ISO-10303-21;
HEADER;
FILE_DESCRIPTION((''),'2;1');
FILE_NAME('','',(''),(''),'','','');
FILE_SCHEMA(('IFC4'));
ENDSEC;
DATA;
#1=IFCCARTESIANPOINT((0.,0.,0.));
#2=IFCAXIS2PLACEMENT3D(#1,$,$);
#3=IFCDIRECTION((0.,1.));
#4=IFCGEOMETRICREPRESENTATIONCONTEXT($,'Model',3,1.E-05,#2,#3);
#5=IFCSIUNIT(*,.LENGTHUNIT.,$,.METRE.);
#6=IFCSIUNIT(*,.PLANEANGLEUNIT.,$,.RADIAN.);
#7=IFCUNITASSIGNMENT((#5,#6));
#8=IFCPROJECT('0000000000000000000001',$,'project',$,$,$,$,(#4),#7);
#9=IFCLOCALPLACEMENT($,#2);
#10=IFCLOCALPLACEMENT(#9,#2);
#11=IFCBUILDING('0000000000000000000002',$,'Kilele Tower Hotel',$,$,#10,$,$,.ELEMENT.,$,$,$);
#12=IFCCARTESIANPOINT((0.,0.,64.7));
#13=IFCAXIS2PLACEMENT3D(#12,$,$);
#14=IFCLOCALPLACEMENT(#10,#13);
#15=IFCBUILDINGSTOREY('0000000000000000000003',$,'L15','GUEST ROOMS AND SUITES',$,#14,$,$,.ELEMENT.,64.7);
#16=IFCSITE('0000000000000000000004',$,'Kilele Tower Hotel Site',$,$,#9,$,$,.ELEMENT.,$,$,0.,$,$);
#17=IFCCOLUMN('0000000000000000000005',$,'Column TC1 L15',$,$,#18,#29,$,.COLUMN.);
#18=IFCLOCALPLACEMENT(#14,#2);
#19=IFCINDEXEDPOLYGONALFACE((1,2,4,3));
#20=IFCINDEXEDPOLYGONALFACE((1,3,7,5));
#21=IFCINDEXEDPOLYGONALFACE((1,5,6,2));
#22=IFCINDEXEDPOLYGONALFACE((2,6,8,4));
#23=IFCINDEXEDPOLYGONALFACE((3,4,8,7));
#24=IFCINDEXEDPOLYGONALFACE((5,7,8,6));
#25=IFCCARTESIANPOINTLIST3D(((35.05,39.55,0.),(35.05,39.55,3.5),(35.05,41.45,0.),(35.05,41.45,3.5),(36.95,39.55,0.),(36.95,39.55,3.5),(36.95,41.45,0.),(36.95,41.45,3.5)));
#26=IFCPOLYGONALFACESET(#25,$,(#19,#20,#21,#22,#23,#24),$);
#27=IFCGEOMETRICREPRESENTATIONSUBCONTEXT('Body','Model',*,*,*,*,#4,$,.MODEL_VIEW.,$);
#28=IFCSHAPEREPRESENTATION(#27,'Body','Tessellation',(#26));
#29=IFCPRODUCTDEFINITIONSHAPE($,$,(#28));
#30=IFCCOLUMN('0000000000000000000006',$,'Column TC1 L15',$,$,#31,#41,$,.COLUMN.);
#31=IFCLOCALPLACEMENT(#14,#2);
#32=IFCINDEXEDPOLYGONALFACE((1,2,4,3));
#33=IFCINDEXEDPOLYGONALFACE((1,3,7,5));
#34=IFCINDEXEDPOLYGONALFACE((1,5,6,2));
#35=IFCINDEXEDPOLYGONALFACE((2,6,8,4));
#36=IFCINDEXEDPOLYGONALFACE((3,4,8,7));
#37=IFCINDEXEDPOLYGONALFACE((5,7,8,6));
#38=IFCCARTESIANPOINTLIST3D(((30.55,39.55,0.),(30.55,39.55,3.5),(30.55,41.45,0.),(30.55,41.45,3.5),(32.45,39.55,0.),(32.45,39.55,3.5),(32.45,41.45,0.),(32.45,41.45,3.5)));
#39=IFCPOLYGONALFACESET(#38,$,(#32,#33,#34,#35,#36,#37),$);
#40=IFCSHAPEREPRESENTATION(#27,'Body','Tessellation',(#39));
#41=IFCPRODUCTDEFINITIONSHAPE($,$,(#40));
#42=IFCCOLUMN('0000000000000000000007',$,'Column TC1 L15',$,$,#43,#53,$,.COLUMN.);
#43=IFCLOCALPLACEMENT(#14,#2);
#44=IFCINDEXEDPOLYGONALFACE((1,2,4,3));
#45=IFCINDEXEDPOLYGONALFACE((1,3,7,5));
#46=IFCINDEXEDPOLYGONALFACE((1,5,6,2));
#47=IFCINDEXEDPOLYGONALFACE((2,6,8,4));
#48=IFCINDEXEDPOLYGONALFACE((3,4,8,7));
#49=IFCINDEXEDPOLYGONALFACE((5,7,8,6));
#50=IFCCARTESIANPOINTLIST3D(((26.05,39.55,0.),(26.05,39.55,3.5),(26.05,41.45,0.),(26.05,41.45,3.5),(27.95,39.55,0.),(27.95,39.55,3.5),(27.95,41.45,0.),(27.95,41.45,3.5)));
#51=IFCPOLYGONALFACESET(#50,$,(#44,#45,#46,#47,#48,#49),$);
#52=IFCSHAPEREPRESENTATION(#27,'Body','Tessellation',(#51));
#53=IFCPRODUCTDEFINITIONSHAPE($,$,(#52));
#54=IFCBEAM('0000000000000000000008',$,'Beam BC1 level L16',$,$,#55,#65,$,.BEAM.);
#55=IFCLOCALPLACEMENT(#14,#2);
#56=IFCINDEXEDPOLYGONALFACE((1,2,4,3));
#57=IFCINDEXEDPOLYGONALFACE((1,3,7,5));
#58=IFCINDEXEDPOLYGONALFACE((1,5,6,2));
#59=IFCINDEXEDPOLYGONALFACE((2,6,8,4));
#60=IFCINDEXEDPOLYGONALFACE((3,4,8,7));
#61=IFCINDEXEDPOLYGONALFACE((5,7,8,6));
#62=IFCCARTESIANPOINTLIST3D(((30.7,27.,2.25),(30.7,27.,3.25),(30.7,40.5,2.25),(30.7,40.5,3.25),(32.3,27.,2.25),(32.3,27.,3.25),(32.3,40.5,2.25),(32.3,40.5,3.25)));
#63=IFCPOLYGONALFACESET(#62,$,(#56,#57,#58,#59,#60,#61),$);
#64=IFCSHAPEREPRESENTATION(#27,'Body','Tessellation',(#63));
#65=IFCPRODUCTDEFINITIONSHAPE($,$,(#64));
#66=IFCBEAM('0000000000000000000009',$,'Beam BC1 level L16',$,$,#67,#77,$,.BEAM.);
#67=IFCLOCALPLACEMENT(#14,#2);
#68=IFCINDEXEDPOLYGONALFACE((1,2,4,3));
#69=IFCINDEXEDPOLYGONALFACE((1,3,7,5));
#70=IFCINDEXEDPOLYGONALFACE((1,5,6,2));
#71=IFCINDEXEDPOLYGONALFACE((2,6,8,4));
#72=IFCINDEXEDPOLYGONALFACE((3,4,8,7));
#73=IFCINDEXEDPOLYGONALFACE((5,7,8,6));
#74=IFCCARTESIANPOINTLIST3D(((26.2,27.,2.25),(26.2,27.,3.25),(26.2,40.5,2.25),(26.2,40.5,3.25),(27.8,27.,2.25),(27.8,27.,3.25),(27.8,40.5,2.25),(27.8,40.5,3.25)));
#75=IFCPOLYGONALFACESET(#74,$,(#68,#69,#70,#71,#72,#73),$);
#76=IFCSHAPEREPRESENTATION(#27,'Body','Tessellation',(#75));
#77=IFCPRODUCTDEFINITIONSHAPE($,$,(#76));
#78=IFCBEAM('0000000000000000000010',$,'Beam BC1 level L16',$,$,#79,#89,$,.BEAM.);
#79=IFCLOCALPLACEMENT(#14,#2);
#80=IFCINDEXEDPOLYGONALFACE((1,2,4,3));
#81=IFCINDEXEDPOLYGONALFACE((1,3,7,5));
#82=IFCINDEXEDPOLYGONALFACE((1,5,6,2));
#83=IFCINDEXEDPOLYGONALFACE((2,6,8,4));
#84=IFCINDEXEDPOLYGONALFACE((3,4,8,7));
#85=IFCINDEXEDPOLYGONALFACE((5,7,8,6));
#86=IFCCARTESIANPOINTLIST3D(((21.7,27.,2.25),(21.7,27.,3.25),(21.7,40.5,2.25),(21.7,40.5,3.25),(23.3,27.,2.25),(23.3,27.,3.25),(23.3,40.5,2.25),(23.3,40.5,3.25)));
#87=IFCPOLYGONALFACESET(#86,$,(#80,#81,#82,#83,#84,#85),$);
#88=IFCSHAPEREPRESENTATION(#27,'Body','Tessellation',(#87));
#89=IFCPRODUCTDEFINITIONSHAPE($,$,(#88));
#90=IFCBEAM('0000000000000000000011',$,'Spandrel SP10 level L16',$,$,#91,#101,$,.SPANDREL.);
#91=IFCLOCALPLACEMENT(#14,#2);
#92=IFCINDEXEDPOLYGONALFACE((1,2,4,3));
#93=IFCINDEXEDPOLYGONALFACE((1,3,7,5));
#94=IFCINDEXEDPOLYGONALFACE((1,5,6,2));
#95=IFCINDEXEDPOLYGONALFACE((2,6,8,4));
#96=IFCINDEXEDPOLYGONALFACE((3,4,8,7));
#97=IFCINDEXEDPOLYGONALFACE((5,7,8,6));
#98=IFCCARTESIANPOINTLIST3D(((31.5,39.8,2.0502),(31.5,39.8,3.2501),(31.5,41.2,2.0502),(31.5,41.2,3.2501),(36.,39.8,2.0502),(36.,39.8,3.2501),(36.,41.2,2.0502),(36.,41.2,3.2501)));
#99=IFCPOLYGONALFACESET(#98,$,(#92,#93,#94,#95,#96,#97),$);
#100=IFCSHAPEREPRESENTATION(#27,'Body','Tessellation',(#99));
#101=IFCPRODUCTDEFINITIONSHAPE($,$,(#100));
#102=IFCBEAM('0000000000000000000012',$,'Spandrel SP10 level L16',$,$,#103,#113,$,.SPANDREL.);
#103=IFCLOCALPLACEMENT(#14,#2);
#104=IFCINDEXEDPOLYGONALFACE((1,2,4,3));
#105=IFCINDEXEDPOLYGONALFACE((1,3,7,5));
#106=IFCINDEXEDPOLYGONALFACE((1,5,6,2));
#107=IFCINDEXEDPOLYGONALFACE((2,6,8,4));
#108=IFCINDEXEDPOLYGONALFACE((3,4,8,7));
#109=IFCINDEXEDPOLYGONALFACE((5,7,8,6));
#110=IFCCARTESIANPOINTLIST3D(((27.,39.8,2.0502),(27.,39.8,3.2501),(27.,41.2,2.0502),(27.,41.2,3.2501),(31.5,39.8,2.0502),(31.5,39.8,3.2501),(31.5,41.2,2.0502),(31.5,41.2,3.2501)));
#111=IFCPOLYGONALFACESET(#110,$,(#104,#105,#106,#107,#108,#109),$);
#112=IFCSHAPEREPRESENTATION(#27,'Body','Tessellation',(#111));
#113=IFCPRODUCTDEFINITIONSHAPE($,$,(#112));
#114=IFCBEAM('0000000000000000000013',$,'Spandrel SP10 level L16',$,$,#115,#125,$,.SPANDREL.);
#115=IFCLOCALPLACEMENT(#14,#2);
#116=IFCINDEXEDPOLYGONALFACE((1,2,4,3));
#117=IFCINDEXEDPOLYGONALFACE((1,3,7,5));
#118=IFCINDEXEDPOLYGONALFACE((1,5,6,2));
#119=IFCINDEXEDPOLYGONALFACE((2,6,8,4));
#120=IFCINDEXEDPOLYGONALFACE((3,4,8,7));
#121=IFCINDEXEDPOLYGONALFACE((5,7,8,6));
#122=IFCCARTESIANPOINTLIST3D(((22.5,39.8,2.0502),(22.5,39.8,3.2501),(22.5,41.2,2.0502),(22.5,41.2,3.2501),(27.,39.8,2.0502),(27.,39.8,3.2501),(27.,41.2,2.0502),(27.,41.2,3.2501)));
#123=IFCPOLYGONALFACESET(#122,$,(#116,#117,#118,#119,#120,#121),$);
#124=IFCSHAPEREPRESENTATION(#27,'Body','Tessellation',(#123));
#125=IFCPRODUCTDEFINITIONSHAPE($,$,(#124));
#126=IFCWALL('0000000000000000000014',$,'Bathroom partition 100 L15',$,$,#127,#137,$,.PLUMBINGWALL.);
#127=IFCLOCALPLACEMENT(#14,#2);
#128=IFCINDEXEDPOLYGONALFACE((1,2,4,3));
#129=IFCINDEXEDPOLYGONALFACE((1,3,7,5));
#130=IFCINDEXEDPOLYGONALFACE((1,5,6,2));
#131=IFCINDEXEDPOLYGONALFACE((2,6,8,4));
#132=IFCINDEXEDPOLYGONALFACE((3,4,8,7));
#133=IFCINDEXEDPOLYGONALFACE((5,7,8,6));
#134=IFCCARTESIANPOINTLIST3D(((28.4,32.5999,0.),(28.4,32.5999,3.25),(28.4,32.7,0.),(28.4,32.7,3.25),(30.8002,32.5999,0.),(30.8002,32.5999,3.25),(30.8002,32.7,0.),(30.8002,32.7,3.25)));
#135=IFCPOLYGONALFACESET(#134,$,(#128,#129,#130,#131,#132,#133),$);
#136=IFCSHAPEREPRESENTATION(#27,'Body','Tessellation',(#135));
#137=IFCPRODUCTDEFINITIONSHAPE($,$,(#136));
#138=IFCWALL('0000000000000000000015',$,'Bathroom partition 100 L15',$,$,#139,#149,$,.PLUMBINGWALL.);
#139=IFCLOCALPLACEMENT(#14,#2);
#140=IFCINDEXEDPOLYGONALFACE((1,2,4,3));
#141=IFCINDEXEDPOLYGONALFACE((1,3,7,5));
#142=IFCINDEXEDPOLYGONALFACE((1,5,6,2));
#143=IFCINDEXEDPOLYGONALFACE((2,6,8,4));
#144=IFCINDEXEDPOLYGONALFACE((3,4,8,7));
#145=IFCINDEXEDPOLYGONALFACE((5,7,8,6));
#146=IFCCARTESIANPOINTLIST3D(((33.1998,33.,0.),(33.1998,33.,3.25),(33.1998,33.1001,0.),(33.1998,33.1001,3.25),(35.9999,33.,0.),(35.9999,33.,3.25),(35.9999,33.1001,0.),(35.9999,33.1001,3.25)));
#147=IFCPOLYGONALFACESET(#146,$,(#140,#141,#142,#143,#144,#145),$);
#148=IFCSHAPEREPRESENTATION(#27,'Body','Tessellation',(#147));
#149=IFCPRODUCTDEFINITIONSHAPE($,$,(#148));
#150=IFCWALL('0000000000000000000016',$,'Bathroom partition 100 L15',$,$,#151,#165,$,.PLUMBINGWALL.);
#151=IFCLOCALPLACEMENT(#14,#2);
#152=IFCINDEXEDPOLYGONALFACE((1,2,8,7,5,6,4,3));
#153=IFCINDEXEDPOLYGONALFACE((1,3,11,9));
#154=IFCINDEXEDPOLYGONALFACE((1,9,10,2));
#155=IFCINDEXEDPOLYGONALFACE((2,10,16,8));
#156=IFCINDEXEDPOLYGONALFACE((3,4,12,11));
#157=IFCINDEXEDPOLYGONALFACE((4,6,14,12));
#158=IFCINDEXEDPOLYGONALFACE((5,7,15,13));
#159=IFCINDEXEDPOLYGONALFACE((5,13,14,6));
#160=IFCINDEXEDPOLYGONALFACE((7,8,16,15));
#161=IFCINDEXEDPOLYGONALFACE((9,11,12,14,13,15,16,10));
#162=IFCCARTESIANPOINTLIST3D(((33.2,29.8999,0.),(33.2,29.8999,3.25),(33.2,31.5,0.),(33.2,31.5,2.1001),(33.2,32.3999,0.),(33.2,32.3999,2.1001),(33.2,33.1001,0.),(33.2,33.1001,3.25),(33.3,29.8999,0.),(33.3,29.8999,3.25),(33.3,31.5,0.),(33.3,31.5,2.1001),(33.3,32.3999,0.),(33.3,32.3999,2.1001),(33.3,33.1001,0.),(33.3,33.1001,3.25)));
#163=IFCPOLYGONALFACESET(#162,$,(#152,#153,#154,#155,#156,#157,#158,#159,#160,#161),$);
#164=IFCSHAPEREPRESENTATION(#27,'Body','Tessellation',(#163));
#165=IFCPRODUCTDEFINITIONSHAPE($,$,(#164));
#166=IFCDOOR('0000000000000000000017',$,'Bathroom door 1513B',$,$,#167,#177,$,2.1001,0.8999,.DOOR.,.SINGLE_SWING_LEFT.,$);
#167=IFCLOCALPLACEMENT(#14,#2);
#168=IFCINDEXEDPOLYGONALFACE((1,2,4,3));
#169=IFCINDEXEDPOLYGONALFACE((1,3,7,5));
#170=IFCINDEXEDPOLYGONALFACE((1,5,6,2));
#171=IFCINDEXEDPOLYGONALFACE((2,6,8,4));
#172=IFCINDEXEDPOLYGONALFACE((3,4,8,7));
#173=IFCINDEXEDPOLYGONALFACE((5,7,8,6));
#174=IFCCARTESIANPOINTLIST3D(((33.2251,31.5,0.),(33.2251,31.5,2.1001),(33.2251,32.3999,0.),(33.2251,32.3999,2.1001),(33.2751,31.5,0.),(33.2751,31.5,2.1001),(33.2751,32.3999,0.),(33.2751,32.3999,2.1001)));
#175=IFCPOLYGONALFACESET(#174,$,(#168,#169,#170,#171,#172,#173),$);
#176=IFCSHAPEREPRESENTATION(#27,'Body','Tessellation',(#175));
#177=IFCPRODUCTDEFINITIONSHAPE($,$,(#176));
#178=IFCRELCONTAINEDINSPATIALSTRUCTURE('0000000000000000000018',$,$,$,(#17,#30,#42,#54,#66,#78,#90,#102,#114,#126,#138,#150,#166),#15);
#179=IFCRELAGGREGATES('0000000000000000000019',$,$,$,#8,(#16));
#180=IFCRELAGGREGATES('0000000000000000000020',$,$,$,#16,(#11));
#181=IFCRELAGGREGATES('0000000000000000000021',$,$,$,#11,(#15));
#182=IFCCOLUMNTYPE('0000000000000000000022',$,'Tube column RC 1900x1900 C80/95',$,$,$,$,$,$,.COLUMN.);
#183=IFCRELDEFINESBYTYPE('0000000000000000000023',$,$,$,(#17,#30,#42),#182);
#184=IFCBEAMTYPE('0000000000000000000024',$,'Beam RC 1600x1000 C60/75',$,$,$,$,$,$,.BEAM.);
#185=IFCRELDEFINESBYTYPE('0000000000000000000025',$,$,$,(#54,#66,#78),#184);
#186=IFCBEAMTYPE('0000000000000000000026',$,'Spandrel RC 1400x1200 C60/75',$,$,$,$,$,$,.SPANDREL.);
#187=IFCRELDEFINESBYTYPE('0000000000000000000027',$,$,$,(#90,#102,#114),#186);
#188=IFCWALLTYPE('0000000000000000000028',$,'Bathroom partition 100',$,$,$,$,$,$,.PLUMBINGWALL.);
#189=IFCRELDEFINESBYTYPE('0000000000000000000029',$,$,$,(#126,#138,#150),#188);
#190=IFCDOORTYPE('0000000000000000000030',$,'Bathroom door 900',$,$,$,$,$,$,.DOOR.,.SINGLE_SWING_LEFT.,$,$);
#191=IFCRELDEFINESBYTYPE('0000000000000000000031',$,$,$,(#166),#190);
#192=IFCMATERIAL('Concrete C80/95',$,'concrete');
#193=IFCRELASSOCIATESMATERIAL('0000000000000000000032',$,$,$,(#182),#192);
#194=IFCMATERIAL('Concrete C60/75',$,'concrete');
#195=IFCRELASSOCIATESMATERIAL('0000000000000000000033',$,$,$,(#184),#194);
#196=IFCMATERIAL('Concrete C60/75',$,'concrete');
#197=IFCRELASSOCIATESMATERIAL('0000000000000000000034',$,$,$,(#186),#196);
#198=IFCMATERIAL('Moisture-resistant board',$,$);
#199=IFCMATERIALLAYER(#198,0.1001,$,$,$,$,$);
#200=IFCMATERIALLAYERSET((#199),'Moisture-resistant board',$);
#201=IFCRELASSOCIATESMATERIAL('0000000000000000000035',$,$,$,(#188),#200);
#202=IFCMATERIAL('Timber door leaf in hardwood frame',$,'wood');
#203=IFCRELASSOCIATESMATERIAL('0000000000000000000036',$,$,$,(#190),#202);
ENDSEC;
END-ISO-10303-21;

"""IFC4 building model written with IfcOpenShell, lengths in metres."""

from ifc_helpers import new_model, si_unit, direction, frame, frame_2d, origin, origin_2d, place, context, subcontext, project, spatial, rectangle, extrude, material, layer, layer_set, material_profile, profile_set, type_object, element, fill, save


model = new_model("IFC4")

# Units and contexts
model_context = context("Model", 3, precision=1e-05, world=origin(), true_north=direction((0.0, 1.0)))
body_context = subcontext(model_context, "Body", "Model", "MODEL_VIEW")
ifc_project = project(units=[si_unit("LENGTHUNIT", "METRE"), si_unit("PLANEANGLEUNIT", "RADIAN")], contexts=[model_context])

# Site, building, storey
site_placement = place(None, origin())
site = spatial("IfcSite", under=ifc_project, at=site_placement, Name="Kilele Tower Hotel Site", CompositionType="ELEMENT", RefElevation=0.0)
building_placement = place(site_placement, origin())
building = spatial("IfcBuilding", under=site, at=building_placement, Name="Kilele Tower Hotel", CompositionType="ELEMENT")
storey_placement = place(building_placement, frame((0.0, 0.0, 64.7)))
storey = spatial("IfcBuildingStorey", under=building, at=storey_placement, Name="L15", Description="GUEST ROOMS AND SUITES", CompositionType="ELEMENT", Elevation=64.7)

# Columns
ifc_material_1 = material(Name="Concrete C80/95", Category="concrete")
ifc_material_profile_1 = material_profile(ifc_material_1, rectangle(XDim=1.8999, YDim=1.8999, at=origin_2d()))
ifc_profile_set_1 = profile_set([ifc_material_profile_1], Name="Concrete C80/95")
column_type = type_object("IfcColumnType", Name="Tube column RC 1900x1900 C80/95", PredefinedType="COLUMN", material=ifc_profile_set_1)
for number, where, z_axis, x_axis, name in (
    (1, (36.0, 40.5, 0.0), (0.0, 0.0, 1.0), (1.0, 0.0, 0.0), "Column TC1 L15"),
    (2, (31.5, 40.5, 0.0), (0.0, 0.0, 1.0), (1.0, 0.0, 0.0), "Column TC1 L15"),
    (3, (27.0, 40.5, 0.0), (0.0, 0.0, 1.0), (1.0, 0.0, 0.0), "Column TC1 L15"),
):
    element("IfcColumn", number, at=place(storey_placement, frame(where, z_axis=z_axis, x_axis=x_axis)), inside=storey, type_object=column_type, Name=name, PredefinedType="COLUMN", context=body_context, shape_type="SweptSolid", body=[
        extrude(rectangle(XDim=1.8999, YDim=1.8999, at=origin_2d()), origin(), (0.0, 0.0, 1.0), 3.5),
    ])

# Beams
ifc_material_2 = material(Name="Concrete C60/75", Category="concrete")
ifc_material_profile_2 = material_profile(ifc_material_2, rectangle(XDim=1.6001, YDim=1.0, at=origin_2d()))
ifc_profile_set_2 = profile_set([ifc_material_profile_2], Name="Concrete C60/75")
beam_type_1 = type_object("IfcBeamType", Name="Beam RC 1600x1000 C60/75", PredefinedType="BEAM", material=ifc_profile_set_2)
for number, where, z_axis, x_axis, name in (
    (4, (31.5, 40.5, 2.75), (0.0, -1.0, 0.0), (1.0, 0.0, 0.0), "Beam BC1 level L16"),
    (5, (27.0, 40.5, 2.75), (0.0, -1.0, 0.0), (1.0, 0.0, 0.0), "Beam BC1 level L16"),
    (6, (22.5, 40.5, 2.75), (0.0, -1.0, 0.0), (1.0, 0.0, 0.0), "Beam BC1 level L16"),
):
    element("IfcBeam", number, at=place(storey_placement, frame(where, z_axis=z_axis, x_axis=x_axis)), inside=storey, type_object=beam_type_1, Name=name, PredefinedType="BEAM", context=body_context, shape_type="SweptSolid", body=[
        extrude(rectangle(XDim=1.6001, YDim=1.0, at=origin_2d()), origin(), (0.0, 0.0, 1.0), 13.5),
    ])
ifc_material_3 = material(Name="Concrete C60/75", Category="concrete")
ifc_material_profile_3 = material_profile(ifc_material_3, rectangle(XDim=1.3999, YDim=1.2, at=origin_2d()))
ifc_profile_set_3 = profile_set([ifc_material_profile_3], Name="Concrete C60/75")
beam_type_2 = type_object("IfcBeamType", Name="Spandrel RC 1400x1200 C60/75", PredefinedType="SPANDREL", material=ifc_profile_set_3)
for number, where, z_axis, x_axis, name in (
    (7, (36.0, 40.5, 2.6501), (-1.0, 0.0, 0.0), (0.0, -1.0, 0.0), "Spandrel SP10 level L16"),
    (8, (31.5, 40.5, 2.6501), (-1.0, 0.0, 0.0), (0.0, -1.0, 0.0), "Spandrel SP10 level L16"),
    (9, (27.0, 40.5, 2.6501), (-1.0, 0.0, 0.0), (0.0, -1.0, 0.0), "Spandrel SP10 level L16"),
):
    element("IfcBeam", number, at=place(storey_placement, frame(where, z_axis=z_axis, x_axis=x_axis)), inside=storey, type_object=beam_type_2, Name=name, PredefinedType="SPANDREL", context=body_context, shape_type="SweptSolid", body=[
        extrude(rectangle(XDim=1.3999, YDim=1.2, at=origin_2d()), origin(), (0.0, 0.0, 1.0), 4.5),
    ])

# Walls
ifc_material_4 = material(Name="Moisture-resistant board")
ifc_layer_1 = layer(ifc_material_4, 0.1001)
ifc_layer_set_1 = layer_set([ifc_layer_1], Name="Moisture-resistant board")
wall_type_1 = type_object("IfcWallType", Name="Bathroom partition 100", PredefinedType="PLUMBINGWALL", material=ifc_layer_set_1)
wall_1_placement = place(storey_placement, frame((28.3999, 32.6499, 0.0), z_axis=(0.0, 0.0, 1.0), x_axis=(1.0, 0.0, 0.0)))
element("IfcWall", 10, at=wall_1_placement, inside=storey, type_object=wall_type_1, Name="Bathroom partition 100 L15", PredefinedType="PLUMBINGWALL", context=body_context, shape_type="SweptSolid", body=[
    extrude(rectangle(XDim=2.4001, YDim=0.1001, at=frame_2d((1.2002, 0.0))), origin(), (0.0, 0.0, 1.0), 3.25),
])
wall_2_placement = place(storey_placement, frame((33.2, 33.05, 0.0), z_axis=(0.0, 0.0, 1.0), x_axis=(1.0, 0.0, 0.0)))
element("IfcWall", 11, at=wall_2_placement, inside=storey, type_object=wall_type_1, Name="Bathroom partition 100 L15", PredefinedType="PLUMBINGWALL", context=body_context, shape_type="SweptSolid", body=[
    extrude(rectangle(XDim=2.8, YDim=0.1001, at=frame_2d((1.3999, 0.0))), origin(), (0.0, 0.0, 1.0), 3.25),
])

# Wall, opening, door
wall_3_placement = place(storey_placement, frame((33.25, 29.8999, 0.0), z_axis=(0.0, 0.0, 1.0), x_axis=(0.0, 1.0, 0.0)))
wall_3 = element("IfcWall", 12, at=wall_3_placement, inside=storey, type_object=wall_type_1, Name="Bathroom partition 100 L15", PredefinedType="PLUMBINGWALL", context=body_context, shape_type="SweptSolid", body=[
    extrude(rectangle(XDim=3.2002, YDim=0.1001, at=frame_2d((1.6001, 0.0))), origin(), (0.0, 0.0, 1.0), 3.25),
])
opening_1_placement = place(wall_3_placement, frame((1.6001, 0.0, 0.0)))
opening_1 = element("IfcOpeningElement", 13, at=opening_1_placement, cuts=wall_3, PredefinedType="OPENING", context=body_context, shape_type="SweptSolid", body=[
    extrude(rectangle(XDim=0.8999, YDim=2.1001, at=frame_2d((0.45, 1.05))), frame((0.0, 0.0601, 0.0), z_axis=(0.0, -1.0, 0.0), x_axis=(1.0, 0.0, 0.0)), (0.0, 0.0, 1.0), 0.1201),
])
ifc_material_5 = material(Name="Timber door leaf in hardwood frame", Category="wood")
door_type_1 = type_object("IfcDoorType", Name="Bathroom door 900", OperationType="SINGLE_SWING_LEFT", PredefinedType="DOOR", material=ifc_material_5)
door_1_placement = place(opening_1_placement, origin())
door_1 = element("IfcDoor", 14, at=door_1_placement, inside=storey, type_object=door_type_1, Name="Bathroom door 1513B", OperationType="SINGLE_SWING_LEFT", OverallHeight=2.1001, OverallWidth=0.8999, PredefinedType="DOOR", context=body_context, shape_type="SweptSolid", body=[
    extrude(rectangle(XDim=0.8999, YDim=2.1001, at=frame_2d((0.45, 1.05))), frame((0.0, 0.0249, 0.0), z_axis=(0.0, -1.0, 0.0), x_axis=(1.0, 0.0, 0.0)), (0.0, 0.0, 1.0), 0.05),
])
fill(opening_1, door_1)

save(model, "model.ifc")
